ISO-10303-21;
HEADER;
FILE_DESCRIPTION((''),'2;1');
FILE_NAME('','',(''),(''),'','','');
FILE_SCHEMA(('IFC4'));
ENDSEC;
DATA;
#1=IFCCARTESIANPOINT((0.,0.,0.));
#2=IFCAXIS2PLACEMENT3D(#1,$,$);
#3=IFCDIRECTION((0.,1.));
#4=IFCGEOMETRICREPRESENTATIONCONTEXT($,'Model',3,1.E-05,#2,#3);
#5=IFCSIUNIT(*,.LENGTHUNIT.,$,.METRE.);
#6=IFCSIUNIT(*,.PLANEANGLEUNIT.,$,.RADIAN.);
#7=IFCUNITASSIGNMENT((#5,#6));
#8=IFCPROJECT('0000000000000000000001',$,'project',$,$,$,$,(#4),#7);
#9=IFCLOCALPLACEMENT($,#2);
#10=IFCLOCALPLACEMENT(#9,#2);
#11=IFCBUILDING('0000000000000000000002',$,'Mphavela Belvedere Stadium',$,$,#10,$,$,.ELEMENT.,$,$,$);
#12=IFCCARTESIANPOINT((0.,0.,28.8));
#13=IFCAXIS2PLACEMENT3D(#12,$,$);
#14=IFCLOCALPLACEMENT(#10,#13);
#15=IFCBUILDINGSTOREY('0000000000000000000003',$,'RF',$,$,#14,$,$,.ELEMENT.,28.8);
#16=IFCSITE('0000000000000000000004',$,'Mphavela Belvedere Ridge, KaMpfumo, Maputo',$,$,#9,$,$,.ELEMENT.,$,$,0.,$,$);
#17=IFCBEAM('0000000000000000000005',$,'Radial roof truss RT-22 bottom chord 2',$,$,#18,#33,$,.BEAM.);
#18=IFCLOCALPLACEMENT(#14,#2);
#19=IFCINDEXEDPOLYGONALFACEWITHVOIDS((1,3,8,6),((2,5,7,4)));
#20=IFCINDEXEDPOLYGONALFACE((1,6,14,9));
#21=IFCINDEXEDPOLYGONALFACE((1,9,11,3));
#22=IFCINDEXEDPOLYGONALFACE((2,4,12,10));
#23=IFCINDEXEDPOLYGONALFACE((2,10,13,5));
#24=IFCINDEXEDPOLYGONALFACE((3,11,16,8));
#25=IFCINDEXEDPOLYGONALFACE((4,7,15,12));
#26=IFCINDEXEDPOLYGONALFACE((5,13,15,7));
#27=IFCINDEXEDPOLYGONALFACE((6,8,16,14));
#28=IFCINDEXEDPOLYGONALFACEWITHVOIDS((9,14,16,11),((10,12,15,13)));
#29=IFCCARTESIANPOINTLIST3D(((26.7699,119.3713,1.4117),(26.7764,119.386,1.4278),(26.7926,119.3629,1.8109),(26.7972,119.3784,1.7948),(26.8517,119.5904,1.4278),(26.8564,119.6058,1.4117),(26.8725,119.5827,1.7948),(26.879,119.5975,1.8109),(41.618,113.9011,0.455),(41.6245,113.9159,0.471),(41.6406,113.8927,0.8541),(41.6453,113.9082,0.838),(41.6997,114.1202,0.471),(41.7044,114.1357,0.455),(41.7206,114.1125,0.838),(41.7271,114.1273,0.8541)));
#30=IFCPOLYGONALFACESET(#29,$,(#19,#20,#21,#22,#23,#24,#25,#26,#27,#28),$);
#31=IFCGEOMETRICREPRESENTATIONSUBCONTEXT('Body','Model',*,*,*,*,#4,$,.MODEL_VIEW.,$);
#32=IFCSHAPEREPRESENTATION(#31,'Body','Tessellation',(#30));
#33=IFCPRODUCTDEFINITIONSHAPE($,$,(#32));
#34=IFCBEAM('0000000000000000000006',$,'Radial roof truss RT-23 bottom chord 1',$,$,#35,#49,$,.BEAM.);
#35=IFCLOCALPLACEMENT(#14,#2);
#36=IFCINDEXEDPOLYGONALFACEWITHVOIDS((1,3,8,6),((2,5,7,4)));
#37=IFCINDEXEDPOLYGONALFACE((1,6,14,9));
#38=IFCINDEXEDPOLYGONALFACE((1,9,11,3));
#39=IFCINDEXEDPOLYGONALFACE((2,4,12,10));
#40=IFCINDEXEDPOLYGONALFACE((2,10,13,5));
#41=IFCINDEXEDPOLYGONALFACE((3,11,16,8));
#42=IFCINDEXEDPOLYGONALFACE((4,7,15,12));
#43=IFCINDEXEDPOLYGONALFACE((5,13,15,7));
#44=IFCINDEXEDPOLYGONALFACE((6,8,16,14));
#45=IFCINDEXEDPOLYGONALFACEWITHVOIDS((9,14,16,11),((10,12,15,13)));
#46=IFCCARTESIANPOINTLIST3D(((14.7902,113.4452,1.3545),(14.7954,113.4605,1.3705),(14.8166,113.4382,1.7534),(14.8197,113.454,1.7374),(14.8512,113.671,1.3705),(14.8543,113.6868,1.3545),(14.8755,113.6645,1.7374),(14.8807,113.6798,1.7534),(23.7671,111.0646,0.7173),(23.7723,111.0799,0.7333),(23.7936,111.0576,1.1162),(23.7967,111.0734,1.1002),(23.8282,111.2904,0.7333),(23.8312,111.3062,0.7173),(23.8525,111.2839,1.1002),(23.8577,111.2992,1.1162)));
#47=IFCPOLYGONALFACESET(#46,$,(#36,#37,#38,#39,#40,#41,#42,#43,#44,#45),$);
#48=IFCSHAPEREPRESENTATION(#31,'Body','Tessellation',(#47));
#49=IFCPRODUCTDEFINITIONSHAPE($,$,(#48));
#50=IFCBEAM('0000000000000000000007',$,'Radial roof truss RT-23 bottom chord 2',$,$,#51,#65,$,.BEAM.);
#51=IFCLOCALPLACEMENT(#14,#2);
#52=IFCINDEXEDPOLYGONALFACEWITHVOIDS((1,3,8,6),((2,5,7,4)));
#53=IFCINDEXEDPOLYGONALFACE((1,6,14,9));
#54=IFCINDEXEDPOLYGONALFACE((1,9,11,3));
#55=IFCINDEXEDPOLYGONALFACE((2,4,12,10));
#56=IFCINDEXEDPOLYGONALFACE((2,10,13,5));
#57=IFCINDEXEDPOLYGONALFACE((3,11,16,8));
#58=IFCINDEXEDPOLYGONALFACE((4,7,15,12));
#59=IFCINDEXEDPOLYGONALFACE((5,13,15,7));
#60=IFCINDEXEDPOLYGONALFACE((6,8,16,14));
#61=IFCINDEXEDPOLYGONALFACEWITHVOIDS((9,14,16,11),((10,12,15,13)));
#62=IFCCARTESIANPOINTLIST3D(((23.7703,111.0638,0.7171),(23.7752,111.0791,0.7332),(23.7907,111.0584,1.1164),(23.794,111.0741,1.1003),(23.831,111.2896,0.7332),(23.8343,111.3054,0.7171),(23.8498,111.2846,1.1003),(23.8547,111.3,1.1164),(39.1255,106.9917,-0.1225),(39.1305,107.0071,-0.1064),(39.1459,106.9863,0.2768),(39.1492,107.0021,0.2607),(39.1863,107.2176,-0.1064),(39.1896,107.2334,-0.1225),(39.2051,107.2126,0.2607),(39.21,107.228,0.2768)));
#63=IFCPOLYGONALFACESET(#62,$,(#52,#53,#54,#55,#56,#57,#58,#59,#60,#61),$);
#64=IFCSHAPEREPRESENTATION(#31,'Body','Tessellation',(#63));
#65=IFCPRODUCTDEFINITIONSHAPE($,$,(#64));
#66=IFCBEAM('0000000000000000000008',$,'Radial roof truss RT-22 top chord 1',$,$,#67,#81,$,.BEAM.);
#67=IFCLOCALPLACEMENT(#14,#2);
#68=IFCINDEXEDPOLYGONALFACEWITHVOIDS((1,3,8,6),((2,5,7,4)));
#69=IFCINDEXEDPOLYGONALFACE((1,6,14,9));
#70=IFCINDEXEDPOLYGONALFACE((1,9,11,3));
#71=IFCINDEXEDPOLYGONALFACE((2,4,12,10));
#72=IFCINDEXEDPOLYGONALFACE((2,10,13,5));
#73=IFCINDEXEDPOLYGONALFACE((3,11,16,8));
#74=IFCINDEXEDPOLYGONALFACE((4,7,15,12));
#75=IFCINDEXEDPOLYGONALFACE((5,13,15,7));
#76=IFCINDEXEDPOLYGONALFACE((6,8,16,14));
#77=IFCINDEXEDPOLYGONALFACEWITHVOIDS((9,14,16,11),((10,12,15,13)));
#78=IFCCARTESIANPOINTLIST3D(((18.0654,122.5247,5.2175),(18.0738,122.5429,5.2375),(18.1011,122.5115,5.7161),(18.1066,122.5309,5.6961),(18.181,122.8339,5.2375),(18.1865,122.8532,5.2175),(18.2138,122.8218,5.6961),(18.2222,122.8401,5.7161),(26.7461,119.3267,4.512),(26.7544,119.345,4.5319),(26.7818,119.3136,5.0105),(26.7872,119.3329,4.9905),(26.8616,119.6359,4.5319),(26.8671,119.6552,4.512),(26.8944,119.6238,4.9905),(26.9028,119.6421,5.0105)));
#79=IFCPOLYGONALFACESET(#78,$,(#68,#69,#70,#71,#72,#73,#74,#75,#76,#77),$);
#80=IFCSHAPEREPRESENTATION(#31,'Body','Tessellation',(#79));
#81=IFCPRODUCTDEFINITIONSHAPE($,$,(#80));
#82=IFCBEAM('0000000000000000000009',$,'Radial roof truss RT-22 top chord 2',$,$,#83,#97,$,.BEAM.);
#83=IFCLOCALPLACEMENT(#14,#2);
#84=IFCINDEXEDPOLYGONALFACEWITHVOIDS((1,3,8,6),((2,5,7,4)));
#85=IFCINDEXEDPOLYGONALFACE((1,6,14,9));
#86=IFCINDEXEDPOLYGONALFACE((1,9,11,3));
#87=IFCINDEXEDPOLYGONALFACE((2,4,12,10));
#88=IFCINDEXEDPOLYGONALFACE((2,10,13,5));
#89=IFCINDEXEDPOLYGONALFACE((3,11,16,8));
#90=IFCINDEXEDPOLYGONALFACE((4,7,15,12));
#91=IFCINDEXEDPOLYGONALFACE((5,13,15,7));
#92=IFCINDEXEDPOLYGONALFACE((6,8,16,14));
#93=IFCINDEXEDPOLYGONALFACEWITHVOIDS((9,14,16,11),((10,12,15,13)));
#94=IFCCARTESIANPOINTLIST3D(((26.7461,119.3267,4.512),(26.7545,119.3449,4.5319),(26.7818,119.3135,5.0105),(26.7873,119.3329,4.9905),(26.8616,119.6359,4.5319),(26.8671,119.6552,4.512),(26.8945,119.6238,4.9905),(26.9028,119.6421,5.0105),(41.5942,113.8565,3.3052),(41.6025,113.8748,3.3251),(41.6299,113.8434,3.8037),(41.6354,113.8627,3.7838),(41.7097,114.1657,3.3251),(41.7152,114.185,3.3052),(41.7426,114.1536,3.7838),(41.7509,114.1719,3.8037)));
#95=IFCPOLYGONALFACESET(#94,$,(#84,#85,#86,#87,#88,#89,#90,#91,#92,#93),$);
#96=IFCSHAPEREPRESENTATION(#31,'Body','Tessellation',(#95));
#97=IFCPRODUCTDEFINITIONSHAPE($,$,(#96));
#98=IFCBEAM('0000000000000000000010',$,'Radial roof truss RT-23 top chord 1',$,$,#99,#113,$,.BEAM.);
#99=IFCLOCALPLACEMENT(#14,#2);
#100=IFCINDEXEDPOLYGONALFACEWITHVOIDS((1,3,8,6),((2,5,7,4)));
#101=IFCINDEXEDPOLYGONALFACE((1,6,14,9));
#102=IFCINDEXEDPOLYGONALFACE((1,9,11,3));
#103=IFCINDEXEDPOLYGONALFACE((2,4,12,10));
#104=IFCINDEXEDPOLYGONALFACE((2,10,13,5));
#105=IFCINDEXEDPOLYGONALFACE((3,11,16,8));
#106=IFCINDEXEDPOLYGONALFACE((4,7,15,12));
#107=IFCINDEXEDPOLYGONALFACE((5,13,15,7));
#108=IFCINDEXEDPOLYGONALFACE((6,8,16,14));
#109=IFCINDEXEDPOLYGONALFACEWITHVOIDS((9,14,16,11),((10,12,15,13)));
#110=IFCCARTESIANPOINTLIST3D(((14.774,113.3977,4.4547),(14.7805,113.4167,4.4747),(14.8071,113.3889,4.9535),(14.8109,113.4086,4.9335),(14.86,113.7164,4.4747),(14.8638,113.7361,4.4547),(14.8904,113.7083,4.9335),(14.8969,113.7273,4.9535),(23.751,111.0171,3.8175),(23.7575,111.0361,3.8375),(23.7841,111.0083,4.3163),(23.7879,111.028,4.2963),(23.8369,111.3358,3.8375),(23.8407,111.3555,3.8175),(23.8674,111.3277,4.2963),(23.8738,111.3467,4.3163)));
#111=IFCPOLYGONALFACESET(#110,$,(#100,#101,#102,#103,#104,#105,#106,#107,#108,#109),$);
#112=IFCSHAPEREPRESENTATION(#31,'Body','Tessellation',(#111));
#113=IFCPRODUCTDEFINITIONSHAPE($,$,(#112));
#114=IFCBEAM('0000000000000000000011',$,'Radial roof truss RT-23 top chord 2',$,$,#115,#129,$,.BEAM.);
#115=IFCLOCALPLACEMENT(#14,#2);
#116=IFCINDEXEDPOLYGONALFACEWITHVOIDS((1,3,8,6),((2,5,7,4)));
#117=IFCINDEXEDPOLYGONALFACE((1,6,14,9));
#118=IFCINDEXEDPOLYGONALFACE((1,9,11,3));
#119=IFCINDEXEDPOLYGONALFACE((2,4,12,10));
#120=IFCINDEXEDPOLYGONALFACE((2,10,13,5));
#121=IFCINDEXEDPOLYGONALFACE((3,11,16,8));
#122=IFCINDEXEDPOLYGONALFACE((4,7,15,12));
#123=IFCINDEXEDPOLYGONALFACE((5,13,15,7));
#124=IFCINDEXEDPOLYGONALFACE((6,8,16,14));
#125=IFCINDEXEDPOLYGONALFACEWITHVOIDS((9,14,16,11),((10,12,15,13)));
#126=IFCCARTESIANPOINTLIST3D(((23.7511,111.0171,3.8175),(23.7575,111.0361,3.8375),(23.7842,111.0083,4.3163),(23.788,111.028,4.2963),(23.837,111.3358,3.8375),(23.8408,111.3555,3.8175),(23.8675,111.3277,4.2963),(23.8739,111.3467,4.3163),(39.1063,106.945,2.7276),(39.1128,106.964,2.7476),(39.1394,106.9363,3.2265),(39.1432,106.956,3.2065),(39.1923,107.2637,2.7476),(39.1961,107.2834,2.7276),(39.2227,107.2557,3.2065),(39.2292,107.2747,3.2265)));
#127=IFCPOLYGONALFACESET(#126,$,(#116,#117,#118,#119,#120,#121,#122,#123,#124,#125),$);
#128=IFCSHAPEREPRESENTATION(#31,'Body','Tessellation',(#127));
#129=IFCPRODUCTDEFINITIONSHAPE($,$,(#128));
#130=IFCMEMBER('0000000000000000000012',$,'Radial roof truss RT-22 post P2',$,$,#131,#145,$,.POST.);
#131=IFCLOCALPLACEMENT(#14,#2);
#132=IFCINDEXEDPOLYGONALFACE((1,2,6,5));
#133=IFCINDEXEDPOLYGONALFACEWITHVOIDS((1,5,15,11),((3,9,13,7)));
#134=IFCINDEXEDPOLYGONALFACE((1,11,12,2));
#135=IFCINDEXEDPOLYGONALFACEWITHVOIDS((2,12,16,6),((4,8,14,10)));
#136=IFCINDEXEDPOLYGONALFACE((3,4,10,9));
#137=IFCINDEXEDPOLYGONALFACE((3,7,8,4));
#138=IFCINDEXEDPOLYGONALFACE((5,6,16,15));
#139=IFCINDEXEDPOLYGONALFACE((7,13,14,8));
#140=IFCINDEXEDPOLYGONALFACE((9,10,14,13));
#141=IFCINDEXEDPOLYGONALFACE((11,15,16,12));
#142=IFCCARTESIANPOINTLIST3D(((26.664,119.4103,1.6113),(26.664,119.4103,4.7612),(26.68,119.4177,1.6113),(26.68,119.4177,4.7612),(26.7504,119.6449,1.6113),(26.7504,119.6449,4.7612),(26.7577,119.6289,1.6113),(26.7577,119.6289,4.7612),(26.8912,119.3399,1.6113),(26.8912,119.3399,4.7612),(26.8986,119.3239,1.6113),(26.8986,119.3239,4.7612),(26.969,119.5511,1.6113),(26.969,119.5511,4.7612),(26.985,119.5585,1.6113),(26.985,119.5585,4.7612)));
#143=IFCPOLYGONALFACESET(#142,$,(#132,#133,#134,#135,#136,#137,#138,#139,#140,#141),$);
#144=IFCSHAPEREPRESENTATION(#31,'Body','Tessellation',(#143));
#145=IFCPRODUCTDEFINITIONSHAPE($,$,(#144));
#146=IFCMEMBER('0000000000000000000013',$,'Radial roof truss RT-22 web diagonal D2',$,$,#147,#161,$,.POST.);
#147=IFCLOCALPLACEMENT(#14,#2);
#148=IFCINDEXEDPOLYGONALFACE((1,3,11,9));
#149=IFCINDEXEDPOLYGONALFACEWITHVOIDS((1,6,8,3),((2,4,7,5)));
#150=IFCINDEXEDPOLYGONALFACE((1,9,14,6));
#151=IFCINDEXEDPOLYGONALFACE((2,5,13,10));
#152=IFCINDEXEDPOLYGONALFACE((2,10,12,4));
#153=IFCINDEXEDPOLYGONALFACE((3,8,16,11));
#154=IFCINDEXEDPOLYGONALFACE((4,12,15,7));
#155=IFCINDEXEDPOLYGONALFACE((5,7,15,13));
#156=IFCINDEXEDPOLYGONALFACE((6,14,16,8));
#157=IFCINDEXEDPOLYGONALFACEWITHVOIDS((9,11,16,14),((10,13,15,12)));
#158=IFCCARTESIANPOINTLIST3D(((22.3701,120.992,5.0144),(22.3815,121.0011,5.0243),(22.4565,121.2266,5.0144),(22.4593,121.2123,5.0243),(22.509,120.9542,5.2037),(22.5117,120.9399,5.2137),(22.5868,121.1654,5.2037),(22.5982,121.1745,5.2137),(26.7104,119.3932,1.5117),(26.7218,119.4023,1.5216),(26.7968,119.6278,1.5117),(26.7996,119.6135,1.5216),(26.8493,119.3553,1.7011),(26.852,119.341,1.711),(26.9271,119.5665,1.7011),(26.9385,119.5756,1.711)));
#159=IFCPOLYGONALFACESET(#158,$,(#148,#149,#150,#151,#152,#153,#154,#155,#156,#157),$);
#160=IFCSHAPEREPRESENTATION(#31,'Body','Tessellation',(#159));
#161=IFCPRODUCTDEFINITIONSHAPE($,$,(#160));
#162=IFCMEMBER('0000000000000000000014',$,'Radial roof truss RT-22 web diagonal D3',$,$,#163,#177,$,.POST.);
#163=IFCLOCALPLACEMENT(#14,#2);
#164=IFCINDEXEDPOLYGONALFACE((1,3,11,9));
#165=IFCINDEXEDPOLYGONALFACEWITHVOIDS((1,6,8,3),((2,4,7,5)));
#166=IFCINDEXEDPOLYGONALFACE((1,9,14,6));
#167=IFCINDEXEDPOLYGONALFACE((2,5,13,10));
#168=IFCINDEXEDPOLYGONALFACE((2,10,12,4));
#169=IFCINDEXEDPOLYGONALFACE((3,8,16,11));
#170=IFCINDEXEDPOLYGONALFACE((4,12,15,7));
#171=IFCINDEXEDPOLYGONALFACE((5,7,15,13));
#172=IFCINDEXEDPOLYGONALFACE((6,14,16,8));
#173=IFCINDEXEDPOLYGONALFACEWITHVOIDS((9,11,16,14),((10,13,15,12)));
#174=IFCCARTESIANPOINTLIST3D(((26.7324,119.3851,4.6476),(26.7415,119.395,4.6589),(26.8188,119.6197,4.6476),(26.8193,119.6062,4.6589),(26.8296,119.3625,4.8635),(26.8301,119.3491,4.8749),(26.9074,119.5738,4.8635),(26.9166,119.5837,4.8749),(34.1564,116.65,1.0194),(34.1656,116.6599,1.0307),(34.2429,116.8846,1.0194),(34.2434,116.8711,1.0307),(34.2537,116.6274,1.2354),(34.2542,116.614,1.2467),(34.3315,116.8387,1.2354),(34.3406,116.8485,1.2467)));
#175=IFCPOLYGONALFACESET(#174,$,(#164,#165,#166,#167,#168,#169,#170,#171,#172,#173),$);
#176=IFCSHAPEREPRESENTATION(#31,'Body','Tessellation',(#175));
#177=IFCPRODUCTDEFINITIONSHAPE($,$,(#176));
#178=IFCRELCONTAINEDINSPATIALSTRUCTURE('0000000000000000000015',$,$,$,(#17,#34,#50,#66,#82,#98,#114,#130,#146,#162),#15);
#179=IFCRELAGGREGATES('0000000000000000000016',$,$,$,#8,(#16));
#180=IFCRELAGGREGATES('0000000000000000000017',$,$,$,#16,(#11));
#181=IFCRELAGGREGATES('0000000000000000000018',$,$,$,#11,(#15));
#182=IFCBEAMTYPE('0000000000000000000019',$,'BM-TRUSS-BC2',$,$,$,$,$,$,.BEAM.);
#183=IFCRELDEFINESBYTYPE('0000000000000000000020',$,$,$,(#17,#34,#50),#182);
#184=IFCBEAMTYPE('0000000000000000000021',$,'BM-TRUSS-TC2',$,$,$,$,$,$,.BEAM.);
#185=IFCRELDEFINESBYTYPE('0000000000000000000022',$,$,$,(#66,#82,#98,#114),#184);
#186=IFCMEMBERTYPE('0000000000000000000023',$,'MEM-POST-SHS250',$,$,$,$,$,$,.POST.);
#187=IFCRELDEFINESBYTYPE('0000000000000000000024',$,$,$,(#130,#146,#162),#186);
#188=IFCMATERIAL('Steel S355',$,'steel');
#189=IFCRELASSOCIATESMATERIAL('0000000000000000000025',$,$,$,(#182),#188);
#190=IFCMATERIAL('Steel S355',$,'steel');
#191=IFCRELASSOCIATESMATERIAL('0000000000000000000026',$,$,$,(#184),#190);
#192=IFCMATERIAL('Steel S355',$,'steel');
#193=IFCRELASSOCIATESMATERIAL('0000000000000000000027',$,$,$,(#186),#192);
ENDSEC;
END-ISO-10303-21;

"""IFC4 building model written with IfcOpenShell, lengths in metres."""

from ifc_helpers import new_model, si_unit, direction, frame, origin, origin_2d, place, context, subcontext, project, spatial, hollow_rectangle, extrude, material, material_profile, profile_set, type_object, element, save


model = new_model("IFC4")

# Units and contexts
model_context = context("Model", 3, precision=1e-05, world=origin(), true_north=direction((0.0, 1.0)))
body_context = subcontext(model_context, "Body", "Model", "MODEL_VIEW")
ifc_project = project(units=[si_unit("LENGTHUNIT", "METRE"), si_unit("PLANEANGLEUNIT", "RADIAN")], contexts=[model_context])

# Site, building, storey
site_placement = place(None, origin())
site = spatial("IfcSite", under=ifc_project, at=site_placement, Name="Mphavela Belvedere Ridge, KaMpfumo, Maputo", CompositionType="ELEMENT", RefElevation=0.0)
building_placement = place(site_placement, origin())
building = spatial("IfcBuilding", under=site, at=building_placement, Name="Mphavela Belvedere Stadium", CompositionType="ELEMENT")
storey_placement = place(building_placement, frame((0.0, 0.0, 28.8)))
storey = spatial("IfcBuildingStorey", under=building, at=storey_placement, Name="RF", CompositionType="ELEMENT", Elevation=28.8)

# Beams
ifc_material_1 = material(Name="Steel S355", Category="steel")
ifc_material_profile_1 = material_profile(ifc_material_1, hollow_rectangle(XDim=0.25, YDim=0.3999, WallThickness=0.0161, at=origin_2d()), Name="RHS 400x250x16")
ifc_profile_set_1 = profile_set([ifc_material_profile_1], Name="Steel S355")
beam_type_1 = type_object("IfcBeamType", Name="BM-TRUSS-BC2", PredefinedType="BEAM", material=ifc_profile_set_1)
beam_1_placement = place(storey_placement, frame((26.8245, 119.4844, 1.6113), z_axis=(0.936636, -0.345067, -0.060355), x_axis=(0.345697, 0.938346, 0.0)))
element("IfcBeam", 1, at=beam_1_placement, inside=storey, type_object=beam_type_1, Name="Radial roof truss RT-22 bottom chord 2", PredefinedType="BEAM", context=body_context, shape_type="SweptSolid", body=[
    extrude(hollow_rectangle(XDim=0.25, YDim=0.3999, WallThickness=0.0161, at=origin_2d()), origin(), (0.0, 0.0, 1.0), 15.8525),
])
beam_2_placement = place(storey_placement, frame((14.8354, 113.5625, 1.554), z_axis=(0.964323, -0.255728, -0.068449), x_axis=(0.256329, 0.96659, 0.0)))
element("IfcBeam", 2, at=beam_2_placement, inside=storey, type_object=beam_type_1, Name="Radial roof truss RT-23 bottom chord 1", PredefinedType="BEAM", context=body_context, shape_type="SweptSolid", body=[
    extrude(hollow_rectangle(XDim=0.25, YDim=0.3999, WallThickness=0.0161, at=origin_2d()), origin(), (0.0, 0.0, 1.0), 9.3091),
])
beam_3_placement = place(storey_placement, frame((23.8125, 111.1819, 0.9167), z_axis=(0.965243, -0.255971, -0.052778), x_axis=(0.256328, 0.96659, 0.0)))
element("IfcBeam", 3, at=beam_3_placement, inside=storey, type_object=beam_type_1, Name="Radial roof truss RT-23 bottom chord 2", PredefinedType="BEAM", context=body_context, shape_type="SweptSolid", body=[
    extrude(hollow_rectangle(XDim=0.25, YDim=0.3999, WallThickness=0.0161, at=origin_2d()), origin(), (0.0, 0.0, 1.0), 15.9082),
])
ifc_material_2 = material(Name="Steel S355", Category="steel")
ifc_material_profile_2 = material_profile(ifc_material_2, hollow_rectangle(XDim=0.3501, YDim=0.5, WallThickness=0.02, at=origin_2d()), Name="RHS 500x350x20")
ifc_profile_set_2 = profile_set([ifc_material_profile_2], Name="Steel S355")
beam_type_2 = type_object("IfcBeamType", Name="BM-TRUSS-TC2", PredefinedType="BEAM", material=ifc_profile_set_2)
beam_4_placement = place(storey_placement, frame((18.1438, 122.6824, 5.4668), z_axis=(0.935631, -0.344691, -0.076048), x_axis=(0.345692, 0.938348, 0.0)))
element("IfcBeam", 4, at=beam_4_placement, inside=storey, type_object=beam_type_2, Name="Radial roof truss RT-22 top chord 1", PredefinedType="BEAM", context=body_context, shape_type="SweptSolid", body=[
    extrude(hollow_rectangle(XDim=0.3501, YDim=0.5, WallThickness=0.02, at=origin_2d()), origin(), (0.0, 0.0, 1.0), 9.2778),
])
beam_5_placement = place(storey_placement, frame((26.8245, 119.4844, 4.7612), z_axis=(0.935629, -0.344696, -0.076044), x_axis=(0.345697, 0.938346, 0.0)))
element("IfcBeam", 5, at=beam_5_placement, inside=storey, type_object=beam_type_2, Name="Radial roof truss RT-22 top chord 2", PredefinedType="BEAM", context=body_context, shape_type="SweptSolid", body=[
    extrude(hollow_rectangle(XDim=0.3501, YDim=0.5, WallThickness=0.02, at=origin_2d()), origin(), (0.0, 0.0, 1.0), 15.8696),
])
beam_6_placement = place(storey_placement, frame((14.8354, 113.5625, 4.7041), z_axis=(0.964323, -0.255728, -0.068449), x_axis=(0.256329, 0.96659, 0.0)))
element("IfcBeam", 6, at=beam_6_placement, inside=storey, type_object=beam_type_2, Name="Radial roof truss RT-23 top chord 1", PredefinedType="BEAM", context=body_context, shape_type="SweptSolid", body=[
    extrude(hollow_rectangle(XDim=0.3501, YDim=0.5, WallThickness=0.02, at=origin_2d()), origin(), (0.0, 0.0, 1.0), 9.3091),
])
beam_7_placement = place(storey_placement, frame((23.8125, 111.1819, 4.0669), z_axis=(0.964323, -0.255727, -0.068443), x_axis=(0.256328, 0.96659, 0.0)))
element("IfcBeam", 7, at=beam_7_placement, inside=storey, type_object=beam_type_2, Name="Radial roof truss RT-23 top chord 2", PredefinedType="BEAM", context=body_context, shape_type="SweptSolid", body=[
    extrude(hollow_rectangle(XDim=0.3501, YDim=0.5, WallThickness=0.02, at=origin_2d()), origin(), (0.0, 0.0, 1.0), 15.9233),
])

# Members
ifc_material_3 = material(Name="Steel S355", Category="steel")
ifc_material_profile_3 = material_profile(ifc_material_3, hollow_rectangle(XDim=0.25, YDim=0.25, WallThickness=0.0125, at=origin_2d()), Name="SHS 250x250x12.5")
ifc_profile_set_3 = profile_set([ifc_material_profile_3], Name="Steel S355")
member_type = type_object("IfcMemberType", Name="MEM-POST-SHS250", PredefinedType="POST", material=ifc_profile_set_3)
member_1_placement = place(storey_placement, frame((26.8245, 119.4844, 1.6113), z_axis=(0.0, 0.0, 1.0), x_axis=(-0.938372, 0.345626, 0.0)))
element("IfcMember", 8, at=member_1_placement, inside=storey, type_object=member_type, Name="Radial roof truss RT-22 post P2", PredefinedType="POST", context=body_context, shape_type="SweptSolid", body=[
    extrude(hollow_rectangle(XDim=0.25, YDim=0.25, WallThickness=0.0125, at=origin_2d()), origin(), (0.0, 0.0, 1.0), 3.1499),
])
member_2_placement = place(storey_placement, frame((22.4841, 121.0833, 5.114), z_axis=(0.74807, -0.275571, -0.603699), x_axis=(0.345669, 0.938357, 0.0)))
element("IfcMember", 9, at=member_2_placement, inside=storey, type_object=member_type, Name="Radial roof truss RT-22 web diagonal D2", PredefinedType="POST", context=body_context, shape_type="SweptSolid", body=[
    extrude(hollow_rectangle(XDim=0.25, YDim=0.25, WallThickness=0.0125, at=origin_2d()), origin(), (0.0, 0.0, 1.0), 5.802),
])
member_3_placement = place(storey_placement, frame((26.8245, 119.4844, 4.7612), z_axis=(0.85294, -0.314232, -0.416835), x_axis=(0.345697, 0.938346, 0.0)))
element("IfcMember", 10, at=member_3_placement, inside=storey, type_object=member_type, Name="Radial roof truss RT-22 web diagonal D3", PredefinedType="POST", context=body_context, shape_type="SweptSolid", body=[
    extrude(hollow_rectangle(XDim=0.25, YDim=0.25, WallThickness=0.0125, at=origin_2d()), origin(), (0.0, 0.0, 1.0), 8.7041),
])

save(model, "model.ifc")
